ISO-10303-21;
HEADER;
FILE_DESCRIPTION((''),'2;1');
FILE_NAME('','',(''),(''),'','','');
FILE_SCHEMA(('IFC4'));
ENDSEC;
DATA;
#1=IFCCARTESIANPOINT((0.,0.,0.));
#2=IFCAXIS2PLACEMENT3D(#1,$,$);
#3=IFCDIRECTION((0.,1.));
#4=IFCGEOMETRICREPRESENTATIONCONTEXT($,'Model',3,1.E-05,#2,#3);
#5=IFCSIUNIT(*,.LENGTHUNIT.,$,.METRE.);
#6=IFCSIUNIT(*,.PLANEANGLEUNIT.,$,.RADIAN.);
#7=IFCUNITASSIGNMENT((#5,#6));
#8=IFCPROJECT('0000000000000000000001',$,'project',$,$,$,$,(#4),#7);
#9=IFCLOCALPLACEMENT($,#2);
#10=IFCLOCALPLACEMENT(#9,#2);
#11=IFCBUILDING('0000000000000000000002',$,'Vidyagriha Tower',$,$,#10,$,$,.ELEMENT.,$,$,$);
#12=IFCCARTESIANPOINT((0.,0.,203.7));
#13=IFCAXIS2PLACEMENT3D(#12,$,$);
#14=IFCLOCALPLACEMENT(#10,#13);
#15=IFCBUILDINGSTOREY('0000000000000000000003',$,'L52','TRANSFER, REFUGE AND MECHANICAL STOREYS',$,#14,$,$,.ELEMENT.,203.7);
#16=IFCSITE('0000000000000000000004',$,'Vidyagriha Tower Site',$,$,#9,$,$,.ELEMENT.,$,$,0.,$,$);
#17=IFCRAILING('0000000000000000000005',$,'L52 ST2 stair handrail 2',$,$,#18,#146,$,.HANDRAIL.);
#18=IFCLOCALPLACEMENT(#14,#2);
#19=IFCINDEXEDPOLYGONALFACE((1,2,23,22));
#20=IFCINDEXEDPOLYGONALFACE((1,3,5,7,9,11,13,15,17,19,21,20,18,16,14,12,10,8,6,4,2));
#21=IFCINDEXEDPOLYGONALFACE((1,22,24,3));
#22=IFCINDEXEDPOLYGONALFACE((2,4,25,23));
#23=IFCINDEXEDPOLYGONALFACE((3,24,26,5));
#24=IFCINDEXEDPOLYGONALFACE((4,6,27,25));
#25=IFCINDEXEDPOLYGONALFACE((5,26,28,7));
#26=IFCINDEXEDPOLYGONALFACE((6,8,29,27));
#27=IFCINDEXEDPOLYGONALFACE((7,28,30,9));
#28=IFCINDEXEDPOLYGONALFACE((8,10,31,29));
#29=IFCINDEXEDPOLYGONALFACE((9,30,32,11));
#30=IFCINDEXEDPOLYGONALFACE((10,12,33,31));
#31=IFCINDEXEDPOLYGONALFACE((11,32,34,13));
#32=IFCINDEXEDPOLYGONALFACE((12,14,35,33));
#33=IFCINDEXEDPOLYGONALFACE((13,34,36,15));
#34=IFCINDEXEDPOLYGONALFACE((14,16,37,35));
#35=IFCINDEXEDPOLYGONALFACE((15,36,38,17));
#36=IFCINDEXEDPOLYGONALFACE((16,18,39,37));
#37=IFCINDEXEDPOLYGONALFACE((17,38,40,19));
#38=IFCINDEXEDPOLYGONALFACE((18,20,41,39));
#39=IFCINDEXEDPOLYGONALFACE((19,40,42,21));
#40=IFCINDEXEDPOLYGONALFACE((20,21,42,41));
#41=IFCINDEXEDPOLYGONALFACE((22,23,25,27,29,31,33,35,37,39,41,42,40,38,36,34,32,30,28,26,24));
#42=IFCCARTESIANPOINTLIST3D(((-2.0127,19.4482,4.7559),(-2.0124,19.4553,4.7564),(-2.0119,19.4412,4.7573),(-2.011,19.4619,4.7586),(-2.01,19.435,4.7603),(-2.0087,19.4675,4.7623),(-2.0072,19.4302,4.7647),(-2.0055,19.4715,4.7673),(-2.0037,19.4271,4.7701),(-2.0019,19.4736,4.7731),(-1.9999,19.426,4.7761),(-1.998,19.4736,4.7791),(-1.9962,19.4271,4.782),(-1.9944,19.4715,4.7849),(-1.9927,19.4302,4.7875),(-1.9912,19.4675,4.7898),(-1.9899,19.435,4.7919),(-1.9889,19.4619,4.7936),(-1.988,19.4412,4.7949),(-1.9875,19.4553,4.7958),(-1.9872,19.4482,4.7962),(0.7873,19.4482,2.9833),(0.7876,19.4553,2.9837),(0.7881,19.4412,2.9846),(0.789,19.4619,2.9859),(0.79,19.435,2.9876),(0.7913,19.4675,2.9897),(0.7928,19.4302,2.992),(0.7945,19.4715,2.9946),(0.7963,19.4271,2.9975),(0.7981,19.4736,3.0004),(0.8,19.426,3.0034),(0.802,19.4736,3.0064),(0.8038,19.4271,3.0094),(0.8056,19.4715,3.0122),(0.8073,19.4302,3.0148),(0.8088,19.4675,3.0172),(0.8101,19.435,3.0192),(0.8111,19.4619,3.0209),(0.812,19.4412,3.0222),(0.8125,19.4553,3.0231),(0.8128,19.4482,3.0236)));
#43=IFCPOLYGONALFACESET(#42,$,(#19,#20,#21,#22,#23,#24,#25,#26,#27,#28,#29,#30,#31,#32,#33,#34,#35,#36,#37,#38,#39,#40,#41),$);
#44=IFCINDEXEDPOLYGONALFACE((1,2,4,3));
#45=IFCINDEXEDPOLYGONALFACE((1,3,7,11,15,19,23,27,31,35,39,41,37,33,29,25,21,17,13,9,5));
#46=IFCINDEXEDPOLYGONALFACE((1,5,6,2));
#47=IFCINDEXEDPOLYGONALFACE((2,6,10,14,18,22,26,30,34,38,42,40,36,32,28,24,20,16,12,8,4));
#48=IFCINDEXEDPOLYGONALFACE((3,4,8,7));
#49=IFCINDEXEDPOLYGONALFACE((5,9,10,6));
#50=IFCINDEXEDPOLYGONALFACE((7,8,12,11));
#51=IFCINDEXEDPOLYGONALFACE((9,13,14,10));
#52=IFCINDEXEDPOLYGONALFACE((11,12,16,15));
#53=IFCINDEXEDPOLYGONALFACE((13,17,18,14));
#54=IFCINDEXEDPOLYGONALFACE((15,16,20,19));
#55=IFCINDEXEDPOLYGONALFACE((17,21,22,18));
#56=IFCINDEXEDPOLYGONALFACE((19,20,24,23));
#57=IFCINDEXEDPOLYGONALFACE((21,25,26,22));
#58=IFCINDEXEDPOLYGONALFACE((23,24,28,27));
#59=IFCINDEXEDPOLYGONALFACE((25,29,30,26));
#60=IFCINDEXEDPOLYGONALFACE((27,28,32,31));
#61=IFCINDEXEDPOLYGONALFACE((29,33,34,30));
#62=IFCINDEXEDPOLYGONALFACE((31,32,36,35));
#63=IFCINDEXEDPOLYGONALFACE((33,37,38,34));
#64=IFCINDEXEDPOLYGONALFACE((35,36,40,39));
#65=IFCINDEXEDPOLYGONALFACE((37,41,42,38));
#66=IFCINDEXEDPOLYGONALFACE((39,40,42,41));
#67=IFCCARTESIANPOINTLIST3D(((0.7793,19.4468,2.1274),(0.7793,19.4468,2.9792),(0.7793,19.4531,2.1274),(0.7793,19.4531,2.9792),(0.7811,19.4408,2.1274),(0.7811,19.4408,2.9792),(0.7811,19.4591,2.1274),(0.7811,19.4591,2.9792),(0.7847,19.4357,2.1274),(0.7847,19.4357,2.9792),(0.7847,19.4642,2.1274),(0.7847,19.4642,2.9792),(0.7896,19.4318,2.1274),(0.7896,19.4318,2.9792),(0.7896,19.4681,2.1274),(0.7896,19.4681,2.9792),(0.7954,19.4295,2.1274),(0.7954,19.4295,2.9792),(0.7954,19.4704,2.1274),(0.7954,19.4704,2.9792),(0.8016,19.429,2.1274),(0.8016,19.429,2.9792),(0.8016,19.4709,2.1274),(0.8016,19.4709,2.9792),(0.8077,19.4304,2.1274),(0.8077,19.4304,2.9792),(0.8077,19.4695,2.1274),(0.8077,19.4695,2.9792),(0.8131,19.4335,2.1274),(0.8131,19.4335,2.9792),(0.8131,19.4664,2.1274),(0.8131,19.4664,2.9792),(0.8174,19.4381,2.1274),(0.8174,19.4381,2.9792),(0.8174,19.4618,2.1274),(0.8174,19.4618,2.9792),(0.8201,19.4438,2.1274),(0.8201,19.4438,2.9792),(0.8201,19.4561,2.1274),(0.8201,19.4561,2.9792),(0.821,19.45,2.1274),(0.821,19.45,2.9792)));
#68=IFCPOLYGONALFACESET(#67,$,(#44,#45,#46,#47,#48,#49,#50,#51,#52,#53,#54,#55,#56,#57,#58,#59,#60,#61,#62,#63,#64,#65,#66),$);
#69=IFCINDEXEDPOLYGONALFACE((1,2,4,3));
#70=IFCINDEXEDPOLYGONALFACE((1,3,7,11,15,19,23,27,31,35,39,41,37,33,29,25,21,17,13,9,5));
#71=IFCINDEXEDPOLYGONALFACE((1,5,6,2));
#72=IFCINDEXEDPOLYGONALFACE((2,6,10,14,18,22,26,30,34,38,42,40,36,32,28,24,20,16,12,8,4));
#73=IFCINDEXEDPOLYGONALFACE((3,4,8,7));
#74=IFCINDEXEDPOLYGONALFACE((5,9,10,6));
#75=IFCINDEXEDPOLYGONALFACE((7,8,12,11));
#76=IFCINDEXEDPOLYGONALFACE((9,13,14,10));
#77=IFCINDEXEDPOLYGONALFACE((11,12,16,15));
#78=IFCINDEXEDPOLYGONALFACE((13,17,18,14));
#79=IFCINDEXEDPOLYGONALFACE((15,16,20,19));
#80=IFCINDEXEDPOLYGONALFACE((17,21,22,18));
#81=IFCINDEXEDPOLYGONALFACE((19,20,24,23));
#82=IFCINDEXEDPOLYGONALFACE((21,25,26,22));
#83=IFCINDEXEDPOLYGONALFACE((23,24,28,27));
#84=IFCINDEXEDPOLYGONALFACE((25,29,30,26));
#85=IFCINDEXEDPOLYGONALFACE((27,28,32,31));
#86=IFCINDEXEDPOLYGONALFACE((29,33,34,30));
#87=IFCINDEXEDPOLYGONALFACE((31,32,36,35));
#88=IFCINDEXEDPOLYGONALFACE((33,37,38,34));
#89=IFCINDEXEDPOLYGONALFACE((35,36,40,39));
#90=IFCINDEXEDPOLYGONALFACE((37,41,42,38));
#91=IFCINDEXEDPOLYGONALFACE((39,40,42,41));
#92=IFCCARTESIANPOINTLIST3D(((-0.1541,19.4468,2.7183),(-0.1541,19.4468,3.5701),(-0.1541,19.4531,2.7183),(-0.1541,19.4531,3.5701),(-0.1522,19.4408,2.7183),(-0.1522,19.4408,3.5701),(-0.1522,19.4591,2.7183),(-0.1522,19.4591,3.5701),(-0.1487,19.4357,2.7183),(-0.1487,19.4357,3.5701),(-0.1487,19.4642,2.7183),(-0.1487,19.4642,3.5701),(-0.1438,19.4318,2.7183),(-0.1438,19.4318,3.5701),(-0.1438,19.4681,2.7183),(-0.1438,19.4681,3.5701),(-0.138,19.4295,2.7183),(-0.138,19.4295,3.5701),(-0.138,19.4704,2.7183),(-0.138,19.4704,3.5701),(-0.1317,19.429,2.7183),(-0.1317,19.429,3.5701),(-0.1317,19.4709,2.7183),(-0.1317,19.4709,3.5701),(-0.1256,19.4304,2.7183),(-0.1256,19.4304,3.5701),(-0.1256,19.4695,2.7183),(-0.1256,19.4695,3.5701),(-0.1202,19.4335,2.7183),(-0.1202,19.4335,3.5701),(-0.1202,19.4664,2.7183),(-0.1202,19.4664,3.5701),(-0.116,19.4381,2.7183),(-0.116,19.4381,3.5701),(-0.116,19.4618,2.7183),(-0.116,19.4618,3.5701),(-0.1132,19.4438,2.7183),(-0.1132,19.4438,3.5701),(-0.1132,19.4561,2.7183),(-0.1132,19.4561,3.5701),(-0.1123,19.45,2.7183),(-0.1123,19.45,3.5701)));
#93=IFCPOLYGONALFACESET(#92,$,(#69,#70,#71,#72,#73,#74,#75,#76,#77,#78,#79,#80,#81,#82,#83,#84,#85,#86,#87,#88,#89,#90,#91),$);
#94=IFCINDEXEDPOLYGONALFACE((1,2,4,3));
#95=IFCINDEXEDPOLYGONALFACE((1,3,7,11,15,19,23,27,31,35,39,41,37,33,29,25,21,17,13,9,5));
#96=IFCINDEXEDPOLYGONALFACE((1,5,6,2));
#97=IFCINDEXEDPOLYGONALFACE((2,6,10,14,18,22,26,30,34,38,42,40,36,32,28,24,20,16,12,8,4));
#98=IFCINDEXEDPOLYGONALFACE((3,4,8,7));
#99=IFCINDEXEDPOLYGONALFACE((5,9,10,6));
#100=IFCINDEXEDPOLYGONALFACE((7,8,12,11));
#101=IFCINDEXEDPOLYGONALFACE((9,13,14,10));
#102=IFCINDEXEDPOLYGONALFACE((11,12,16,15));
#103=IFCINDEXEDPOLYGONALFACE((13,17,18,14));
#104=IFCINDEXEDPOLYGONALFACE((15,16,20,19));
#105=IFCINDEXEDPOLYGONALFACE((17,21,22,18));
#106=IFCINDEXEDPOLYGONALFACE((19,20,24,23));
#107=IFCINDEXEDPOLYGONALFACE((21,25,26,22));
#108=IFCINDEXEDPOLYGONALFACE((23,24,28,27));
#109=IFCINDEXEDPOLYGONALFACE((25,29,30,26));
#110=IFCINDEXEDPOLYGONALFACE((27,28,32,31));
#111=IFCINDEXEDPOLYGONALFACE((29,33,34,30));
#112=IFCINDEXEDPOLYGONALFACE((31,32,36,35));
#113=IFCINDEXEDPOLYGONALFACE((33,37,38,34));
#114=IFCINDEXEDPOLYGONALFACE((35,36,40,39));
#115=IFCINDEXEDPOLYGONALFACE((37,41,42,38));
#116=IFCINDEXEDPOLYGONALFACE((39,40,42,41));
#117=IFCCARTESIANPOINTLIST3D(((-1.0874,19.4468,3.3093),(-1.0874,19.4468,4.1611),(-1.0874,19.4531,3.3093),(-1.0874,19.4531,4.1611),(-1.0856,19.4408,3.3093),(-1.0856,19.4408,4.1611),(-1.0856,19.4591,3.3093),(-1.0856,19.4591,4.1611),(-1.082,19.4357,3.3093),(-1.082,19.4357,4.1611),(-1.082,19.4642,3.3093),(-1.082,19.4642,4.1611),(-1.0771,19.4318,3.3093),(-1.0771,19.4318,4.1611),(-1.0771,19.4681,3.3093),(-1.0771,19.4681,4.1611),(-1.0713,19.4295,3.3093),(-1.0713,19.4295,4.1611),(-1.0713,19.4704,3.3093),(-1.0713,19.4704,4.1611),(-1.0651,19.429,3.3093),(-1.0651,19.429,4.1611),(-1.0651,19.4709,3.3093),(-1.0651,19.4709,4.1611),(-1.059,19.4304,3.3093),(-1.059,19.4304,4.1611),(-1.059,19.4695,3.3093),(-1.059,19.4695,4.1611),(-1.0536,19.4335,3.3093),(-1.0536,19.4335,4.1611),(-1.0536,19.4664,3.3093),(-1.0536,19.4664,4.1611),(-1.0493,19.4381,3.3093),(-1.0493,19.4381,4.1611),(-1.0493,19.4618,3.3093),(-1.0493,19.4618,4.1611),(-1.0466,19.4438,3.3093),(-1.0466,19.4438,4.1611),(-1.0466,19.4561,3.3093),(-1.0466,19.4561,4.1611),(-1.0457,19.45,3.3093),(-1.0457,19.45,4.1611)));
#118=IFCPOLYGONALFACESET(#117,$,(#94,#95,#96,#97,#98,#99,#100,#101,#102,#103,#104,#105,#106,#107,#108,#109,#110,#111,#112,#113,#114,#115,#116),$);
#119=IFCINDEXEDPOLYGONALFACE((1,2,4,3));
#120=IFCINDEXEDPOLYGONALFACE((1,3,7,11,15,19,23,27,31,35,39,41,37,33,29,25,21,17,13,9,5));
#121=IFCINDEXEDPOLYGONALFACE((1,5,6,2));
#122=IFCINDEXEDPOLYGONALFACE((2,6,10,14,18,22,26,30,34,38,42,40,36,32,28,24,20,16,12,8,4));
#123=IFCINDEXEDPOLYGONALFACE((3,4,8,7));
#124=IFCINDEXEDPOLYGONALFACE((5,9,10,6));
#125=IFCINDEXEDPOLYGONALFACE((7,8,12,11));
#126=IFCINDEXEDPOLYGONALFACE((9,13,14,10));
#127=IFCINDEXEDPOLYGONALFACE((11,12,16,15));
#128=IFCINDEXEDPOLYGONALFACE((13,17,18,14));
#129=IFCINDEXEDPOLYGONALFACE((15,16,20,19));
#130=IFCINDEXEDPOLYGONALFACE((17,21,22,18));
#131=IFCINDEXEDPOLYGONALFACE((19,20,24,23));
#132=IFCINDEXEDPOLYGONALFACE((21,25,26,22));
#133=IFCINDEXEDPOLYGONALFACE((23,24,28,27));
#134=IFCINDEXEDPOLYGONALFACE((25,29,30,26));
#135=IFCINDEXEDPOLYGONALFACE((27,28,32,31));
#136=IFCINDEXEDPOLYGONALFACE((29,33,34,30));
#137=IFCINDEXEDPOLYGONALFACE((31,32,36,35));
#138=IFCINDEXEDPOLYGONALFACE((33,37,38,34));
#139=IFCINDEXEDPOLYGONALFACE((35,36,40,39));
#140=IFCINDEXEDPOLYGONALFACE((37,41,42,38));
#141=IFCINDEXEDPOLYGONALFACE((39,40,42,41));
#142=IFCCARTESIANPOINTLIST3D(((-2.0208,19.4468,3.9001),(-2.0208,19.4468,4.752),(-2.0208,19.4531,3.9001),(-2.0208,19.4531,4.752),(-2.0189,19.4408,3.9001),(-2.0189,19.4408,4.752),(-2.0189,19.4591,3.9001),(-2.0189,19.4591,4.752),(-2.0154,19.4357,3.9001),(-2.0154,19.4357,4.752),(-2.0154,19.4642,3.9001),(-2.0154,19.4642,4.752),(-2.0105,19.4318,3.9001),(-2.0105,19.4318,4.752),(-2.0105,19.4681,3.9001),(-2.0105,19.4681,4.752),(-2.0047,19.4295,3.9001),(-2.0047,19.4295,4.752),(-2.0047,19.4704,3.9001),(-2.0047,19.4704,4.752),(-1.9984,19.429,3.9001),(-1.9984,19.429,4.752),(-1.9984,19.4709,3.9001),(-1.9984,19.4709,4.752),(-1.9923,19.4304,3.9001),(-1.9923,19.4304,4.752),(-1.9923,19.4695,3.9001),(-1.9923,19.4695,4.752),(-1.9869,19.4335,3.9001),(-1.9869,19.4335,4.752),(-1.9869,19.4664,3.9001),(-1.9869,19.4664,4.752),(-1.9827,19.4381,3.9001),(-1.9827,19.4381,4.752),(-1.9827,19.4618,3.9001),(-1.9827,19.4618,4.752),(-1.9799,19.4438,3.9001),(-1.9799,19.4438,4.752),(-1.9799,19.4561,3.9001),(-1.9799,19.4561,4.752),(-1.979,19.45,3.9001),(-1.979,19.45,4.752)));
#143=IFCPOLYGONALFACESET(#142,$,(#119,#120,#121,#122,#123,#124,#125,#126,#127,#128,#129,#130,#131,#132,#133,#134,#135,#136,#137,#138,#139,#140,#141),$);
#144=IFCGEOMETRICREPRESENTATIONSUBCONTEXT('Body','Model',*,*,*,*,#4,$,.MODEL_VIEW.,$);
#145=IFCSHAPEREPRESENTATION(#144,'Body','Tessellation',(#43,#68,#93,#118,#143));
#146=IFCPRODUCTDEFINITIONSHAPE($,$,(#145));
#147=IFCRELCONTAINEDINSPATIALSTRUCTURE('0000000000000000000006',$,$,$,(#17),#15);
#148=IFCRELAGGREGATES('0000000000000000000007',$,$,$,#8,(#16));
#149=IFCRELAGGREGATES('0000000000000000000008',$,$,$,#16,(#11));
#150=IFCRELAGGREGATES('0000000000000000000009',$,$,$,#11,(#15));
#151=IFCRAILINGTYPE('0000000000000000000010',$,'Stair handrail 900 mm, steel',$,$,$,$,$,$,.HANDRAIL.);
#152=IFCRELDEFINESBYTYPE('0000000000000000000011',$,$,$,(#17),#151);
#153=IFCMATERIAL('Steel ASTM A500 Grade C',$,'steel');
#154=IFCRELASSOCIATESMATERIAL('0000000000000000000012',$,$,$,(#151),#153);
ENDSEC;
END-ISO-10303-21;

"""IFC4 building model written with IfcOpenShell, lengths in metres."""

from ifc_helpers import new_model, si_unit, direction, frame, origin, origin_2d, place, context, subcontext, project, spatial, circle, extrude, material, type_object, element, save


model = new_model("IFC4")

# Units and contexts
model_context = context("Model", 3, precision=1e-05, world=origin(), true_north=direction((0.0, 1.0)))
body_context = subcontext(model_context, "Body", "Model", "MODEL_VIEW")
ifc_project = project(units=[si_unit("LENGTHUNIT", "METRE"), si_unit("PLANEANGLEUNIT", "RADIAN")], contexts=[model_context])

# Site, building, storey
site_placement = place(None, origin())
site = spatial("IfcSite", under=ifc_project, at=site_placement, Name="Vidyagriha Tower Site", CompositionType="ELEMENT", RefElevation=0.0)
building_placement = place(site_placement, origin())
building = spatial("IfcBuilding", under=site, at=building_placement, Name="Vidyagriha Tower", CompositionType="ELEMENT")
storey_placement = place(building_placement, frame((0.0, 0.0, 203.7)))
storey = spatial("IfcBuildingStorey", under=building, at=storey_placement, Name="L52", Description="TRANSFER, REFUGE AND MECHANICAL STOREYS", CompositionType="ELEMENT", Elevation=203.7)

# Railing
ifc_material_1 = material(Name="Steel ASTM A500 Grade C", Category="steel")
railing_type_1 = type_object("IfcRailingType", Name="Stair handrail 900 mm, steel", PredefinedType="HANDRAIL", material=ifc_material_1)
for number, where, name in (
    (1, (0.8, 19.45, 2.1274), "L52 ST2 stair handrail 2"),
):
    element("IfcRailing", number, at=place(storey_placement, frame(where)), inside=storey, type_object=railing_type_1, Name=name, PredefinedType="HANDRAIL", context=body_context, shape_type="SweptSolid", body=[
        extrude(circle(Radius=0.0239, at=origin_2d()), frame((0.0, 0.0, 0.876), z_axis=(-0.844909, 0.0, 0.53491), x_axis=(0.0, -1.0, 0.0)), (0.0, 0.0, 1.0), 3.314),
        extrude(circle(Radius=0.021, at=origin_2d()), origin(), (0.0, 0.0, 1.0), 0.8518),
        extrude(circle(Radius=0.021, at=origin_2d()), frame((-0.9333, 0.0, 0.5908)), (0.0, 0.0, 1.0), 0.8518),
        extrude(circle(Radius=0.021, at=origin_2d()), frame((-1.8667, 0.0, 1.1819)), (0.0, 0.0, 1.0), 0.8518),
        extrude(circle(Radius=0.021, at=origin_2d()), frame((-2.8, 0.0, 1.7727)), (0.0, 0.0, 1.0), 0.8518),
    ])

save(model, "model.ifc")
